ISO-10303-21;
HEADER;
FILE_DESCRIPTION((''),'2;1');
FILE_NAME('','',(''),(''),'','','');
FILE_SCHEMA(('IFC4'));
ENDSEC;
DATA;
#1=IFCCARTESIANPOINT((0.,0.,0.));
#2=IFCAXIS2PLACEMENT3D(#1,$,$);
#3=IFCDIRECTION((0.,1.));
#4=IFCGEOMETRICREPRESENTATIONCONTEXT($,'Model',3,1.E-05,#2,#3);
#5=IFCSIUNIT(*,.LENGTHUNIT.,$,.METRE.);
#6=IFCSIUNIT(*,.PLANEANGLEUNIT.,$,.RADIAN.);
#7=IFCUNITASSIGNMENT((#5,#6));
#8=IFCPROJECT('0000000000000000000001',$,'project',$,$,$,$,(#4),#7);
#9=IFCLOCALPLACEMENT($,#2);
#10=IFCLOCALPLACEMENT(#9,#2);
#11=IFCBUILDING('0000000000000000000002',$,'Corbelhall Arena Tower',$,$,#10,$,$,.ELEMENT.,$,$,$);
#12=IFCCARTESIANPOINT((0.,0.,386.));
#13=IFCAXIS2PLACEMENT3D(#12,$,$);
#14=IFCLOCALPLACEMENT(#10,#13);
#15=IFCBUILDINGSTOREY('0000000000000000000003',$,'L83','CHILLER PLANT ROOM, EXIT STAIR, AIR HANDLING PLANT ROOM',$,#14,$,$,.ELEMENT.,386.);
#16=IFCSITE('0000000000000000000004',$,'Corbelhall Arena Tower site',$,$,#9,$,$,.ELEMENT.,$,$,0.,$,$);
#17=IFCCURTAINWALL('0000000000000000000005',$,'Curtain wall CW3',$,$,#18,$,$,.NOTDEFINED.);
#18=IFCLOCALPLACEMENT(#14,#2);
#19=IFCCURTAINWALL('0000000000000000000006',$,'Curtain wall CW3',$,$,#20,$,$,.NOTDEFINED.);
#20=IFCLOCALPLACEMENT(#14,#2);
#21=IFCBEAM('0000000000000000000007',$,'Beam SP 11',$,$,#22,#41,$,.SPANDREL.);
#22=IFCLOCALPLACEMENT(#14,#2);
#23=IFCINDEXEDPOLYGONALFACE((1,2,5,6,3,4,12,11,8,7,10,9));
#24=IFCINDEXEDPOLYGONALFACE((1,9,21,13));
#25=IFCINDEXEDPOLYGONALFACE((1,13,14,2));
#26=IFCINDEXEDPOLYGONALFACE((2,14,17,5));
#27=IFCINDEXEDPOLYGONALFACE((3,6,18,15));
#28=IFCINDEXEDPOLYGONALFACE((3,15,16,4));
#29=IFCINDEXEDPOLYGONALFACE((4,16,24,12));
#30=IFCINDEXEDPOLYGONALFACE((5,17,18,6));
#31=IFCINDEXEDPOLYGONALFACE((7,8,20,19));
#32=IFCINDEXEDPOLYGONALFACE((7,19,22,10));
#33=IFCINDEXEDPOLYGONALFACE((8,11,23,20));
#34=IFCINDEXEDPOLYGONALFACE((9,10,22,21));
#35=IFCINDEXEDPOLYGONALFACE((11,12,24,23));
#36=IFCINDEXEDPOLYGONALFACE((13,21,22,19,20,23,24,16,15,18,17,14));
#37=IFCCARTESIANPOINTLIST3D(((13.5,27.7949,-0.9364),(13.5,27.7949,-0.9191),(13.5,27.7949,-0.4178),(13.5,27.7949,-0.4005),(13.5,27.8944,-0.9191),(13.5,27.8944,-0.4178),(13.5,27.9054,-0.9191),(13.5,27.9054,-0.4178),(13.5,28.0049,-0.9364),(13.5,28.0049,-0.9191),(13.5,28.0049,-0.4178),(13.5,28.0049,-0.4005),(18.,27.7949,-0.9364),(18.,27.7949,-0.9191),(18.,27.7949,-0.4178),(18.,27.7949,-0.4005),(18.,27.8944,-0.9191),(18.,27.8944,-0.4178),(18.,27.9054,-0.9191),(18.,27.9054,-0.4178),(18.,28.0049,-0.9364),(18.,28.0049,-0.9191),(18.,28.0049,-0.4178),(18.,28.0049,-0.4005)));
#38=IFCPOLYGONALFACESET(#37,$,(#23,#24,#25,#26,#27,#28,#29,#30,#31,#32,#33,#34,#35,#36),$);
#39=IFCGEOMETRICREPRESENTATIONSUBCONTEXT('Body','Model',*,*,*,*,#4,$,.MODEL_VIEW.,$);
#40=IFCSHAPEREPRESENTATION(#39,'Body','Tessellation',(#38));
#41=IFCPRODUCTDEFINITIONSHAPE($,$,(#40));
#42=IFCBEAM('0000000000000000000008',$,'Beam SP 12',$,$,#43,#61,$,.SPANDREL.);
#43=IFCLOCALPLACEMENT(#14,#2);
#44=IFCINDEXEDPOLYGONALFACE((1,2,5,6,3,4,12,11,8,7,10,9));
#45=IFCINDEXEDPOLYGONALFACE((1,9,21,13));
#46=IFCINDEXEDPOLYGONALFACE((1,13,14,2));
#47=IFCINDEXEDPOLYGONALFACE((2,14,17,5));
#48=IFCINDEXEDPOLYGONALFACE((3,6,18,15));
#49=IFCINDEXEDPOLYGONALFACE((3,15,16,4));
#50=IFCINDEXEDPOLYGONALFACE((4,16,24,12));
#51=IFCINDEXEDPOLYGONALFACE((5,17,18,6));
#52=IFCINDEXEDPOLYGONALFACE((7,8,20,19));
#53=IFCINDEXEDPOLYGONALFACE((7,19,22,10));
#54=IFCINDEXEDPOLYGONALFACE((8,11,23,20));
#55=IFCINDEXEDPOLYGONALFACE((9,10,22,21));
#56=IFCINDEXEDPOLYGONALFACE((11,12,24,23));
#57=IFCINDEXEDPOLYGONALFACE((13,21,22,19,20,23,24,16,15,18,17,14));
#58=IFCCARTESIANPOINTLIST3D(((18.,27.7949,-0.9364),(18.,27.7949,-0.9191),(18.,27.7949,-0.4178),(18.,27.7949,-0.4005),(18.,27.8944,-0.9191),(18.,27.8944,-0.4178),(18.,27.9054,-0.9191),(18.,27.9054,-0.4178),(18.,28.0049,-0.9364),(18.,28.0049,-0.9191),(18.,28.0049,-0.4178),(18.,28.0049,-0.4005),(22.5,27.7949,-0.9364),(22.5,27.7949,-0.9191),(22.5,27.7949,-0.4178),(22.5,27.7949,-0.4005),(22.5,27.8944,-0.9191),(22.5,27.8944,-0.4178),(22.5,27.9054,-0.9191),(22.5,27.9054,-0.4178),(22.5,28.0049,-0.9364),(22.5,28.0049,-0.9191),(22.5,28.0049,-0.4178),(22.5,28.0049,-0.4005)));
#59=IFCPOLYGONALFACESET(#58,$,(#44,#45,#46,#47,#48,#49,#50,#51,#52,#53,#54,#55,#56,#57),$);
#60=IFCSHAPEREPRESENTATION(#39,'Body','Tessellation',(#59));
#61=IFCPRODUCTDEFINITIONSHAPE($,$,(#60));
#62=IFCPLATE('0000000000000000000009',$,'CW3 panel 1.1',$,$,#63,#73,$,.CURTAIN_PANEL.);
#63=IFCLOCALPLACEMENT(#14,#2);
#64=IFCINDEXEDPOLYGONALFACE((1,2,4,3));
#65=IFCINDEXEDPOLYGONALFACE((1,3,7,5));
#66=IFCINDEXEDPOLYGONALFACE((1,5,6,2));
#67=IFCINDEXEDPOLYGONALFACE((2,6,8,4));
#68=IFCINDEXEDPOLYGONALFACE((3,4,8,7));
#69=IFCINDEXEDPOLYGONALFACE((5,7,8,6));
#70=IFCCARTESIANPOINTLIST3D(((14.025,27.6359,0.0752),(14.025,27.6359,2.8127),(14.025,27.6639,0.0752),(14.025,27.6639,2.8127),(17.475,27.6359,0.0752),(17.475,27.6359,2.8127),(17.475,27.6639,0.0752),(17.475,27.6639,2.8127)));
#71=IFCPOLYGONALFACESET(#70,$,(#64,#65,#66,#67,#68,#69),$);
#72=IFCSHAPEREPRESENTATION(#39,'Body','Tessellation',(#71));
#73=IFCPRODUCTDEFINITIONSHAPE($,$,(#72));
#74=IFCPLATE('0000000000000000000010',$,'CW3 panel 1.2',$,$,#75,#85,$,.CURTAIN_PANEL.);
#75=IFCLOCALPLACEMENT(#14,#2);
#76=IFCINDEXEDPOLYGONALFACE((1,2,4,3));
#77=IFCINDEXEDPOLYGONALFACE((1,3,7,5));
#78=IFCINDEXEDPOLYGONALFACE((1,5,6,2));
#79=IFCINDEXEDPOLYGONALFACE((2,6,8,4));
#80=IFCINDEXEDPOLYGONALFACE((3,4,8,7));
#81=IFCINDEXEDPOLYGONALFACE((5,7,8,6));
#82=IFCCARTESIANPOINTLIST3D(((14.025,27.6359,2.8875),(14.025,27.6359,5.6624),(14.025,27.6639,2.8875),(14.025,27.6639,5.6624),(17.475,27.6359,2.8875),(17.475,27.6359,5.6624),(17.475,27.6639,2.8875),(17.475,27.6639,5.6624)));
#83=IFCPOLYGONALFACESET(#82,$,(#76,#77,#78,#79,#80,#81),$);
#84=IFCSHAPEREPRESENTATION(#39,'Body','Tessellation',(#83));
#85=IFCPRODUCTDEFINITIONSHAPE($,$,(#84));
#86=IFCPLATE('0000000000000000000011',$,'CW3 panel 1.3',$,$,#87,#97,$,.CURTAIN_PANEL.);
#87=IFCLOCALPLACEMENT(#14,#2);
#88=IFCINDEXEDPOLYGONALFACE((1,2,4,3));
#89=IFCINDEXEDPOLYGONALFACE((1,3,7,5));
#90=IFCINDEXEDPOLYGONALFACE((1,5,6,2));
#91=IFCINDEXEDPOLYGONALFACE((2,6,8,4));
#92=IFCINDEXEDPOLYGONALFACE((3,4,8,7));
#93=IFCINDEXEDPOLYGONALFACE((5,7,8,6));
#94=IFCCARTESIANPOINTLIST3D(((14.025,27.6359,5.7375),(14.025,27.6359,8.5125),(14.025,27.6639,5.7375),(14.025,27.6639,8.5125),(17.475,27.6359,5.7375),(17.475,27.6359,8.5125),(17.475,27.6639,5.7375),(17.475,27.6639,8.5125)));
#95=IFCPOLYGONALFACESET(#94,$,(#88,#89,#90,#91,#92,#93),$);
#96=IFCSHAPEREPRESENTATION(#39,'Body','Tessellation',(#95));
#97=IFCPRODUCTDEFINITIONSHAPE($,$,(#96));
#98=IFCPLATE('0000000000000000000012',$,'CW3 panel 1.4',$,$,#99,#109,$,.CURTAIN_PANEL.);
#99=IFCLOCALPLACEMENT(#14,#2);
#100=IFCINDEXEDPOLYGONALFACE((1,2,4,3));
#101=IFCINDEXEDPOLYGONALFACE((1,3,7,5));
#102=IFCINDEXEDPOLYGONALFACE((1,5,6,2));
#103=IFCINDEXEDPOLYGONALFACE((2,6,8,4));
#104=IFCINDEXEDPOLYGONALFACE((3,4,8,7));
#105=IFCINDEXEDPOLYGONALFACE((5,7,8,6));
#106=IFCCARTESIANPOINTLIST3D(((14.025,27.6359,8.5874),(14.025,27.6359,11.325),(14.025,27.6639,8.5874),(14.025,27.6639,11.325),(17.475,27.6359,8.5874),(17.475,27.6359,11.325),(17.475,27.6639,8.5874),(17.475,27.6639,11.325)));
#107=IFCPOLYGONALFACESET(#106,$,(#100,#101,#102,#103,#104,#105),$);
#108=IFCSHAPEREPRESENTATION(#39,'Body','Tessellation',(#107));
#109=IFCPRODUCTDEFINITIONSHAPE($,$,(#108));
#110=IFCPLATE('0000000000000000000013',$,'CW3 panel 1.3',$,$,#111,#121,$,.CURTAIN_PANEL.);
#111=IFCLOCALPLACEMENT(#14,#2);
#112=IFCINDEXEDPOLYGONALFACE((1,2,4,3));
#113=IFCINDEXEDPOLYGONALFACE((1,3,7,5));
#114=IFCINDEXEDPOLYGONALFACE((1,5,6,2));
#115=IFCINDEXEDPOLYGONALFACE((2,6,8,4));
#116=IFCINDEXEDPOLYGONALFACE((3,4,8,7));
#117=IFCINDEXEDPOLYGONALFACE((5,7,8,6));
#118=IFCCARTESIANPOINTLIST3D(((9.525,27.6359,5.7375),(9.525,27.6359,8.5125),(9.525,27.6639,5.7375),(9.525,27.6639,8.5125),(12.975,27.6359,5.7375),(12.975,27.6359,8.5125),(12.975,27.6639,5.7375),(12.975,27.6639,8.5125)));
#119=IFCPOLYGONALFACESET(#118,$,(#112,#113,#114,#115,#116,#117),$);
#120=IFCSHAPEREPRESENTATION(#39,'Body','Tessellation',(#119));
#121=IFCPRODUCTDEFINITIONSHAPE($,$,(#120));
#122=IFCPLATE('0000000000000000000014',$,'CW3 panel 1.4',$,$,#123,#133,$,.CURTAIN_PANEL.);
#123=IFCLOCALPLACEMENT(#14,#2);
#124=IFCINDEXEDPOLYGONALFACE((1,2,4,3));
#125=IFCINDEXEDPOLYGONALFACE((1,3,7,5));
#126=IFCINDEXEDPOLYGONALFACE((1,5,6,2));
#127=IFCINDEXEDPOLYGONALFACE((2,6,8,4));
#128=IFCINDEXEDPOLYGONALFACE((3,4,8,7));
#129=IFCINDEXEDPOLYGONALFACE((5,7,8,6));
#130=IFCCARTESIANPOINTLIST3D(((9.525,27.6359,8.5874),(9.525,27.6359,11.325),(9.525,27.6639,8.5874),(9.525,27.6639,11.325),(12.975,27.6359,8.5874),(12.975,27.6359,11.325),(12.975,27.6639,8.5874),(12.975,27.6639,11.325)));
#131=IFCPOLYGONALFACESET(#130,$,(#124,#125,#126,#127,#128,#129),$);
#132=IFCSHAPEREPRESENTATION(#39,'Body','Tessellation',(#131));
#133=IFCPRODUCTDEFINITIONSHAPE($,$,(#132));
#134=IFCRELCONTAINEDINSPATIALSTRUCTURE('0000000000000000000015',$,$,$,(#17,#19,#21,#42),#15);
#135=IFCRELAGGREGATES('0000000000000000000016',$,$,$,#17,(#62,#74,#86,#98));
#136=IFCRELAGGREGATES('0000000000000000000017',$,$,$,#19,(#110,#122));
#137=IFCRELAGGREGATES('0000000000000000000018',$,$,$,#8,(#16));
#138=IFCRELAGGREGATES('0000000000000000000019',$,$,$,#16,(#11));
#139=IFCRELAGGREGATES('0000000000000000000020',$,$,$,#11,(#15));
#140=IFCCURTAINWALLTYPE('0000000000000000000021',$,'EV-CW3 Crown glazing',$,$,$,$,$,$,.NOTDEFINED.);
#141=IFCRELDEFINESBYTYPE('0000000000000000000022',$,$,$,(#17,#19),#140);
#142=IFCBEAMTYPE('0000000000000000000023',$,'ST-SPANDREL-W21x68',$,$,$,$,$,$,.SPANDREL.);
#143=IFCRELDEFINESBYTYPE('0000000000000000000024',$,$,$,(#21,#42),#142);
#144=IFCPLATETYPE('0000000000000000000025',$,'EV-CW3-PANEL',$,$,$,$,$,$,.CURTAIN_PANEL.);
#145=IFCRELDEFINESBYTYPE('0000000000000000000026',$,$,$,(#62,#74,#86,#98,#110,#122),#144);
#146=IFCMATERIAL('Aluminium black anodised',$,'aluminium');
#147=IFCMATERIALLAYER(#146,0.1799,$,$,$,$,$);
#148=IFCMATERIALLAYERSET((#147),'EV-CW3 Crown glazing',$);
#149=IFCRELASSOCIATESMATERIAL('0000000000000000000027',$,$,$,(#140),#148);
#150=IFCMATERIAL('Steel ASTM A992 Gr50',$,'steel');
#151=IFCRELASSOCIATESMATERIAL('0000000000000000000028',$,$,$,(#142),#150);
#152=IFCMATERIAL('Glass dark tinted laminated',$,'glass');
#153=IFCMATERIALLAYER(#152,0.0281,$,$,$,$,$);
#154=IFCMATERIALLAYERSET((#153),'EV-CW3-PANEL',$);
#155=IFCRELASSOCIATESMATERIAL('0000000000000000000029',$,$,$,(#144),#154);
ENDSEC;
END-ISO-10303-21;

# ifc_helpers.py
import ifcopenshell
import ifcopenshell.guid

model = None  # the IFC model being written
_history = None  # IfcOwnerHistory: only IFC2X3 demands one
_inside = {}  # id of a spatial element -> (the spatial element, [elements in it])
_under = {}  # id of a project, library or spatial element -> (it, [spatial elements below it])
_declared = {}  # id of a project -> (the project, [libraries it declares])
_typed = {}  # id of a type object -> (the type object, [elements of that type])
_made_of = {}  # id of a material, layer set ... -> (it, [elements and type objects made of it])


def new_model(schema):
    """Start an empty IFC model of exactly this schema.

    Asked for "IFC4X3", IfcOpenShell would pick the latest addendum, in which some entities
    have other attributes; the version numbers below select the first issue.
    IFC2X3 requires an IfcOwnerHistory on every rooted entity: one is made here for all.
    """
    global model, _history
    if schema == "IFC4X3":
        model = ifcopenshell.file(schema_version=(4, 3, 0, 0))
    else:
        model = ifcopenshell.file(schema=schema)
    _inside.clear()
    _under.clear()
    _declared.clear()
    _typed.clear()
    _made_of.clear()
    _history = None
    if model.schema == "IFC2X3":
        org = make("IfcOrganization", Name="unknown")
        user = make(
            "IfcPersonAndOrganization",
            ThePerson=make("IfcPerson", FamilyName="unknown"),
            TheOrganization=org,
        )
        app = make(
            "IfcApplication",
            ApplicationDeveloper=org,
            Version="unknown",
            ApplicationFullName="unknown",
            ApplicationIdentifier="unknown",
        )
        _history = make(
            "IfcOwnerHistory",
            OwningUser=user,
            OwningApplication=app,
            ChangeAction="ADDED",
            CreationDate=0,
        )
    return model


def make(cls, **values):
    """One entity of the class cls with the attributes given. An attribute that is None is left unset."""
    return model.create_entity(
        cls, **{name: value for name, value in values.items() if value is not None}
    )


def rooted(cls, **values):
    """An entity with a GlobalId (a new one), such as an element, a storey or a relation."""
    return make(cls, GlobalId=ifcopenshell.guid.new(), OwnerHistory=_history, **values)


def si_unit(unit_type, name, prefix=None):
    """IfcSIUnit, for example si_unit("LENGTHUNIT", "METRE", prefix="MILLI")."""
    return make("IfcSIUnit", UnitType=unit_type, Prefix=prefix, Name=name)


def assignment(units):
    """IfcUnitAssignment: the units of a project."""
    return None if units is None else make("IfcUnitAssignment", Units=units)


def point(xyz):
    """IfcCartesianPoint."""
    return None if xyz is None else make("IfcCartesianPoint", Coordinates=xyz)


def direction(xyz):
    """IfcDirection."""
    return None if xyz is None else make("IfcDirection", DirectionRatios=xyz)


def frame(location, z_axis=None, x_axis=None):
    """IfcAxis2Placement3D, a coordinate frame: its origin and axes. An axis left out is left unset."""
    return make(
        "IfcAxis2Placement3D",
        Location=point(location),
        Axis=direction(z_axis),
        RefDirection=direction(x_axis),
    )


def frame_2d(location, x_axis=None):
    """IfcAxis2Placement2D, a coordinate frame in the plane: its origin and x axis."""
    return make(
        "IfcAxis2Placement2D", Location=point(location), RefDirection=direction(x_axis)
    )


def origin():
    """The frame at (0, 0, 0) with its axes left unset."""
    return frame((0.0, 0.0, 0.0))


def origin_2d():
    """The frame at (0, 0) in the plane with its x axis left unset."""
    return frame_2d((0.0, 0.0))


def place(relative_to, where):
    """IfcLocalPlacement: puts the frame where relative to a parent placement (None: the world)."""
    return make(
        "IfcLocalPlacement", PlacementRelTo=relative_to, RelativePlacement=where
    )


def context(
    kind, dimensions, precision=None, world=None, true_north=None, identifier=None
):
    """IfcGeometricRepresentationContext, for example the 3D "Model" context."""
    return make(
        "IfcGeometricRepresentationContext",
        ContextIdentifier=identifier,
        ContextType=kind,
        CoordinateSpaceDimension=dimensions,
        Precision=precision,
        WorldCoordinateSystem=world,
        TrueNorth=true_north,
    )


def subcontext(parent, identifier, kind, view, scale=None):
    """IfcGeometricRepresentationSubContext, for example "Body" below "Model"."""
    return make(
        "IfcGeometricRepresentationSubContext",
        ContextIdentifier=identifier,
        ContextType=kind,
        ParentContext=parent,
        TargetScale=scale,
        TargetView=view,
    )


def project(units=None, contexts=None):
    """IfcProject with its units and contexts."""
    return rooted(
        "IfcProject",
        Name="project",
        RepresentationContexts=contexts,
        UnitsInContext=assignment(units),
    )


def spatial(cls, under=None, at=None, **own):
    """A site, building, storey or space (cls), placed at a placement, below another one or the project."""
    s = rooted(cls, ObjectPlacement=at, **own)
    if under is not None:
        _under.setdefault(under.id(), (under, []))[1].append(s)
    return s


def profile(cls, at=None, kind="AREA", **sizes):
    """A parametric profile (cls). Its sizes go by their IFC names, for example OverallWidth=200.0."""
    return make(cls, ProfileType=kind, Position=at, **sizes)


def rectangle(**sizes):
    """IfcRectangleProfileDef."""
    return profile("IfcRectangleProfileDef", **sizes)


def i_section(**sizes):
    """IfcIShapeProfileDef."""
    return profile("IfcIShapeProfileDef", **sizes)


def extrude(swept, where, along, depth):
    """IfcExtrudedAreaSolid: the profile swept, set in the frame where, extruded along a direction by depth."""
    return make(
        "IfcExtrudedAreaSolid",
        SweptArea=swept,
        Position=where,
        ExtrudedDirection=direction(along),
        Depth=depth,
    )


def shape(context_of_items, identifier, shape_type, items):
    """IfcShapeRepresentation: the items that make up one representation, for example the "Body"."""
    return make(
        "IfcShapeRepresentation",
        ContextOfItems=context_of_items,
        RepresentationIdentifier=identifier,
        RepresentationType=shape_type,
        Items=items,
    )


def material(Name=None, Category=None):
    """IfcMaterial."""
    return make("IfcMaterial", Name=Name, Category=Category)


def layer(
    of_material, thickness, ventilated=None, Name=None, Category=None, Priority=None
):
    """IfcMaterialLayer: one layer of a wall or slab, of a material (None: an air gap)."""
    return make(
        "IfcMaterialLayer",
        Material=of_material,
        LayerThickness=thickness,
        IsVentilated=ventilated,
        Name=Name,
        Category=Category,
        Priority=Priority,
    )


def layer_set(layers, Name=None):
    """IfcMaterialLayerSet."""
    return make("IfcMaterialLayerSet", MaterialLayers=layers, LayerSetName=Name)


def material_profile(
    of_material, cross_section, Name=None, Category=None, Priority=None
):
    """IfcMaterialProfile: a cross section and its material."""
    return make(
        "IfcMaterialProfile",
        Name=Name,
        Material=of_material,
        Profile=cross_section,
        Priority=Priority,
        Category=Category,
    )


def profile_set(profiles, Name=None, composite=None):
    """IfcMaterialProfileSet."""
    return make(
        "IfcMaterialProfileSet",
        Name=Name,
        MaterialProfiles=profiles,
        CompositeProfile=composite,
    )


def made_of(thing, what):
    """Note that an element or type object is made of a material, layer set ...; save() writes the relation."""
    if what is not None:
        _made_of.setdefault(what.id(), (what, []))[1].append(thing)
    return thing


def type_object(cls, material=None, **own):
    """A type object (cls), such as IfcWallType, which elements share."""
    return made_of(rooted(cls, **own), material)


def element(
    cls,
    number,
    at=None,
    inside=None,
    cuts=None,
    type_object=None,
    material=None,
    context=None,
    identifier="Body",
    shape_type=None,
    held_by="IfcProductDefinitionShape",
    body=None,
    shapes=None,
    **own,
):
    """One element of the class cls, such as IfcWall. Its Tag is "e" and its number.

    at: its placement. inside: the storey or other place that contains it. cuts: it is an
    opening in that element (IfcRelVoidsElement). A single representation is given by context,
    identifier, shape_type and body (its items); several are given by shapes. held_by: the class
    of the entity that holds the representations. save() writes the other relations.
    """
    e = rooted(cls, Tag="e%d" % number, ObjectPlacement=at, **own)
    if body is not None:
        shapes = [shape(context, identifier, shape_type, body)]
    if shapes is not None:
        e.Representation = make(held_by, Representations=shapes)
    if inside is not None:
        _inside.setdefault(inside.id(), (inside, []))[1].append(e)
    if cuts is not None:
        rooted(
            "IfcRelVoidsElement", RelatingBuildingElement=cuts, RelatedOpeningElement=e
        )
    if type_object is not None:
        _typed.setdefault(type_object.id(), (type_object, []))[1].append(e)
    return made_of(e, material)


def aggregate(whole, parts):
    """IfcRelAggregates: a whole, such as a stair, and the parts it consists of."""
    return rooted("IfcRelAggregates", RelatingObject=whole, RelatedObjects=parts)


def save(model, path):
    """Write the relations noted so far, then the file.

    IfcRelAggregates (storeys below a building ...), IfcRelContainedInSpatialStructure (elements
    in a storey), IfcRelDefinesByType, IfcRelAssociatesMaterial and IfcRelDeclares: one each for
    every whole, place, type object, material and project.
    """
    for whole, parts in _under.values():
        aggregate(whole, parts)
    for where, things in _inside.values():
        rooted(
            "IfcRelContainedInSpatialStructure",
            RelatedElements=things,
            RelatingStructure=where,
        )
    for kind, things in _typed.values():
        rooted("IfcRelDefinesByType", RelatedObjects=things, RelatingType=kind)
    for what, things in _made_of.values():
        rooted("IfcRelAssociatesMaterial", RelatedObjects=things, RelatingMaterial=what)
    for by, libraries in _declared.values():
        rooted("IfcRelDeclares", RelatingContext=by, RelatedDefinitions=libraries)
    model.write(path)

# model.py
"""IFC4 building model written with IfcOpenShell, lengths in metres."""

from ifc_helpers import new_model, si_unit, direction, frame, origin, origin_2d, place, context, subcontext, project, spatial, rectangle, i_section, extrude, material, layer, layer_set, material_profile, profile_set, type_object, element, aggregate, save


model = new_model("IFC4")

# Units and contexts
model_context = context("Model", 3, precision=1e-05, world=origin(), true_north=direction((0.0, 1.0)))
body_context = subcontext(model_context, "Body", "Model", "MODEL_VIEW")
ifc_project = project(units=[si_unit("LENGTHUNIT", "METRE"), si_unit("PLANEANGLEUNIT", "RADIAN")], contexts=[model_context])

# Site, building, storey
site_placement = place(None, origin())
site = spatial("IfcSite", under=ifc_project, at=site_placement, Name="Corbelhall Arena Tower site", CompositionType="ELEMENT", RefElevation=0.0)
building_placement = place(site_placement, origin())
building = spatial("IfcBuilding", under=site, at=building_placement, Name="Corbelhall Arena Tower", CompositionType="ELEMENT")
storey_placement = place(building_placement, frame((0.0, 0.0, 386.0)))
storey = spatial("IfcBuildingStorey", under=building, at=storey_placement, Name="L83", Description="CHILLER PLANT ROOM, EXIT STAIR, AIR HANDLING PLANT ROOM", CompositionType="ELEMENT", Elevation=386.0)

# Curtain wall
ifc_material_1 = material(Name="Aluminium black anodised", Category="aluminium")
ifc_layer_1 = layer(ifc_material_1, 0.1799)
ifc_layer_set_1 = layer_set([ifc_layer_1], Name="EV-CW3 Crown glazing")
curtain_wall_type = type_object("IfcCurtainWallType", Name="EV-CW3 Crown glazing", PredefinedType="NOTDEFINED", material=ifc_layer_set_1)
curtain_wall_1_placement = place(storey_placement, origin())
curtain_wall_1 = element("IfcCurtainWall", 1, at=curtain_wall_1_placement, inside=storey, type_object=curtain_wall_type, Name="Curtain wall CW3", PredefinedType="NOTDEFINED")

# Curtain wall
curtain_wall_2_placement = place(storey_placement, origin())
curtain_wall_2 = element("IfcCurtainWall", 2, at=curtain_wall_2_placement, inside=storey, type_object=curtain_wall_type, Name="Curtain wall CW3", PredefinedType="NOTDEFINED")

# Beams
ifc_material_2 = material(Name="Steel ASTM A992 Gr50", Category="steel")
ifc_material_profile_1 = material_profile(ifc_material_2, i_section(OverallWidth=0.21, OverallDepth=0.5359, WebThickness=0.011, FlangeThickness=0.0173, at=origin_2d()))
ifc_profile_set_1 = profile_set([ifc_material_profile_1], Name="Steel ASTM A992 Gr50")
beam_type = type_object("IfcBeamType", Name="ST-SPANDREL-W21x68", PredefinedType="SPANDREL", material=ifc_profile_set_1)
for number, where, z_axis, x_axis, name in (
    (3, (13.5, 27.8999, -0.6685), (1.0, 0.0, 0.0), (0.0, 1.0, 0.0), "Beam SP 11"),
    (4, (18.0, 27.8999, -0.6685), (1.0, 0.0, 0.0), (0.0, 1.0, 0.0), "Beam SP 12"),
):
    element("IfcBeam", number, at=place(storey_placement, frame(where, z_axis=z_axis, x_axis=x_axis)), inside=storey, type_object=beam_type, Name=name, PredefinedType="SPANDREL", context=body_context, shape_type="SweptSolid", body=[
        extrude(i_section(OverallWidth=0.21, OverallDepth=0.5359, WebThickness=0.011, FlangeThickness=0.0173, at=origin_2d()), origin(), (0.0, 0.0, 1.0), 4.5),
    ])

# Plates
ifc_material_3 = material(Name="Glass dark tinted laminated", Category="glass")
ifc_layer_2 = layer(ifc_material_3, 0.0281)
ifc_layer_set_2 = layer_set([ifc_layer_2], Name="EV-CW3-PANEL")
plate_type = type_object("IfcPlateType", Name="EV-CW3-PANEL", PredefinedType="CURTAIN_PANEL", material=ifc_layer_set_2)
plate_1_placement = place(storey_placement, frame((15.75, 27.6499, 0.0752), z_axis=(0.0, 0.0, 1.0), x_axis=(-1.0, 0.0, 0.0)))
plate_1 = element("IfcPlate", 5, at=plate_1_placement, type_object=plate_type, Name="CW3 panel 1.1", PredefinedType="CURTAIN_PANEL", context=body_context, shape_type="SweptSolid", body=[
    extrude(rectangle(XDim=3.45, YDim=0.0281, at=origin_2d()), origin(), (0.0, 0.0, 1.0), 2.7375),
])
plate_2_placement = place(storey_placement, frame((15.75, 27.6499, 2.8875), z_axis=(0.0, 0.0, 1.0), x_axis=(-1.0, 0.0, 0.0)))
plate_2 = element("IfcPlate", 6, at=plate_2_placement, type_object=plate_type, Name="CW3 panel 1.2", PredefinedType="CURTAIN_PANEL", context=body_context, shape_type="SweptSolid", body=[
    extrude(rectangle(XDim=3.45, YDim=0.0281, at=origin_2d()), origin(), (0.0, 0.0, 1.0), 2.7749),
])
plate_3_placement = place(storey_placement, frame((15.75, 27.6499, 5.7375), z_axis=(0.0, 0.0, 1.0), x_axis=(-1.0, 0.0, 0.0)))
plate_3 = element("IfcPlate", 7, at=plate_3_placement, type_object=plate_type, Name="CW3 panel 1.3", PredefinedType="CURTAIN_PANEL", context=body_context, shape_type="SweptSolid", body=[
    extrude(rectangle(XDim=3.45, YDim=0.0281, at=origin_2d()), origin(), (0.0, 0.0, 1.0), 2.7749),
])
plate_4_placement = place(storey_placement, frame((15.75, 27.6499, 8.5874), z_axis=(0.0, 0.0, 1.0), x_axis=(-1.0, 0.0, 0.0)))
plate_4 = element("IfcPlate", 8, at=plate_4_placement, type_object=plate_type, Name="CW3 panel 1.4", PredefinedType="CURTAIN_PANEL", context=body_context, shape_type="SweptSolid", body=[
    extrude(rectangle(XDim=3.45, YDim=0.0281, at=origin_2d()), origin(), (0.0, 0.0, 1.0), 2.7375),
])
aggregate(curtain_wall_1, [plate_1, plate_2, plate_3, plate_4])
plate_5_placement = place(storey_placement, frame((11.25, 27.6499, 5.7375), z_axis=(0.0, 0.0, 1.0), x_axis=(-1.0, 0.0, 0.0)))
plate_5 = element("IfcPlate", 9, at=plate_5_placement, type_object=plate_type, Name="CW3 panel 1.3", PredefinedType="CURTAIN_PANEL", context=body_context, shape_type="SweptSolid", body=[
    extrude(rectangle(XDim=3.45, YDim=0.0281, at=origin_2d()), origin(), (0.0, 0.0, 1.0), 2.7749),
])
plate_6_placement = place(storey_placement, frame((11.25, 27.6499, 8.5874), z_axis=(0.0, 0.0, 1.0), x_axis=(-1.0, 0.0, 0.0)))
plate_6 = element("IfcPlate", 10, at=plate_6_placement, type_object=plate_type, Name="CW3 panel 1.4", PredefinedType="CURTAIN_PANEL", context=body_context, shape_type="SweptSolid", body=[
    extrude(rectangle(XDim=3.45, YDim=0.0281, at=origin_2d()), origin(), (0.0, 0.0, 1.0), 2.7375),
])
aggregate(curtain_wall_2, [plate_5, plate_6])

save(model, "model.ifc")
